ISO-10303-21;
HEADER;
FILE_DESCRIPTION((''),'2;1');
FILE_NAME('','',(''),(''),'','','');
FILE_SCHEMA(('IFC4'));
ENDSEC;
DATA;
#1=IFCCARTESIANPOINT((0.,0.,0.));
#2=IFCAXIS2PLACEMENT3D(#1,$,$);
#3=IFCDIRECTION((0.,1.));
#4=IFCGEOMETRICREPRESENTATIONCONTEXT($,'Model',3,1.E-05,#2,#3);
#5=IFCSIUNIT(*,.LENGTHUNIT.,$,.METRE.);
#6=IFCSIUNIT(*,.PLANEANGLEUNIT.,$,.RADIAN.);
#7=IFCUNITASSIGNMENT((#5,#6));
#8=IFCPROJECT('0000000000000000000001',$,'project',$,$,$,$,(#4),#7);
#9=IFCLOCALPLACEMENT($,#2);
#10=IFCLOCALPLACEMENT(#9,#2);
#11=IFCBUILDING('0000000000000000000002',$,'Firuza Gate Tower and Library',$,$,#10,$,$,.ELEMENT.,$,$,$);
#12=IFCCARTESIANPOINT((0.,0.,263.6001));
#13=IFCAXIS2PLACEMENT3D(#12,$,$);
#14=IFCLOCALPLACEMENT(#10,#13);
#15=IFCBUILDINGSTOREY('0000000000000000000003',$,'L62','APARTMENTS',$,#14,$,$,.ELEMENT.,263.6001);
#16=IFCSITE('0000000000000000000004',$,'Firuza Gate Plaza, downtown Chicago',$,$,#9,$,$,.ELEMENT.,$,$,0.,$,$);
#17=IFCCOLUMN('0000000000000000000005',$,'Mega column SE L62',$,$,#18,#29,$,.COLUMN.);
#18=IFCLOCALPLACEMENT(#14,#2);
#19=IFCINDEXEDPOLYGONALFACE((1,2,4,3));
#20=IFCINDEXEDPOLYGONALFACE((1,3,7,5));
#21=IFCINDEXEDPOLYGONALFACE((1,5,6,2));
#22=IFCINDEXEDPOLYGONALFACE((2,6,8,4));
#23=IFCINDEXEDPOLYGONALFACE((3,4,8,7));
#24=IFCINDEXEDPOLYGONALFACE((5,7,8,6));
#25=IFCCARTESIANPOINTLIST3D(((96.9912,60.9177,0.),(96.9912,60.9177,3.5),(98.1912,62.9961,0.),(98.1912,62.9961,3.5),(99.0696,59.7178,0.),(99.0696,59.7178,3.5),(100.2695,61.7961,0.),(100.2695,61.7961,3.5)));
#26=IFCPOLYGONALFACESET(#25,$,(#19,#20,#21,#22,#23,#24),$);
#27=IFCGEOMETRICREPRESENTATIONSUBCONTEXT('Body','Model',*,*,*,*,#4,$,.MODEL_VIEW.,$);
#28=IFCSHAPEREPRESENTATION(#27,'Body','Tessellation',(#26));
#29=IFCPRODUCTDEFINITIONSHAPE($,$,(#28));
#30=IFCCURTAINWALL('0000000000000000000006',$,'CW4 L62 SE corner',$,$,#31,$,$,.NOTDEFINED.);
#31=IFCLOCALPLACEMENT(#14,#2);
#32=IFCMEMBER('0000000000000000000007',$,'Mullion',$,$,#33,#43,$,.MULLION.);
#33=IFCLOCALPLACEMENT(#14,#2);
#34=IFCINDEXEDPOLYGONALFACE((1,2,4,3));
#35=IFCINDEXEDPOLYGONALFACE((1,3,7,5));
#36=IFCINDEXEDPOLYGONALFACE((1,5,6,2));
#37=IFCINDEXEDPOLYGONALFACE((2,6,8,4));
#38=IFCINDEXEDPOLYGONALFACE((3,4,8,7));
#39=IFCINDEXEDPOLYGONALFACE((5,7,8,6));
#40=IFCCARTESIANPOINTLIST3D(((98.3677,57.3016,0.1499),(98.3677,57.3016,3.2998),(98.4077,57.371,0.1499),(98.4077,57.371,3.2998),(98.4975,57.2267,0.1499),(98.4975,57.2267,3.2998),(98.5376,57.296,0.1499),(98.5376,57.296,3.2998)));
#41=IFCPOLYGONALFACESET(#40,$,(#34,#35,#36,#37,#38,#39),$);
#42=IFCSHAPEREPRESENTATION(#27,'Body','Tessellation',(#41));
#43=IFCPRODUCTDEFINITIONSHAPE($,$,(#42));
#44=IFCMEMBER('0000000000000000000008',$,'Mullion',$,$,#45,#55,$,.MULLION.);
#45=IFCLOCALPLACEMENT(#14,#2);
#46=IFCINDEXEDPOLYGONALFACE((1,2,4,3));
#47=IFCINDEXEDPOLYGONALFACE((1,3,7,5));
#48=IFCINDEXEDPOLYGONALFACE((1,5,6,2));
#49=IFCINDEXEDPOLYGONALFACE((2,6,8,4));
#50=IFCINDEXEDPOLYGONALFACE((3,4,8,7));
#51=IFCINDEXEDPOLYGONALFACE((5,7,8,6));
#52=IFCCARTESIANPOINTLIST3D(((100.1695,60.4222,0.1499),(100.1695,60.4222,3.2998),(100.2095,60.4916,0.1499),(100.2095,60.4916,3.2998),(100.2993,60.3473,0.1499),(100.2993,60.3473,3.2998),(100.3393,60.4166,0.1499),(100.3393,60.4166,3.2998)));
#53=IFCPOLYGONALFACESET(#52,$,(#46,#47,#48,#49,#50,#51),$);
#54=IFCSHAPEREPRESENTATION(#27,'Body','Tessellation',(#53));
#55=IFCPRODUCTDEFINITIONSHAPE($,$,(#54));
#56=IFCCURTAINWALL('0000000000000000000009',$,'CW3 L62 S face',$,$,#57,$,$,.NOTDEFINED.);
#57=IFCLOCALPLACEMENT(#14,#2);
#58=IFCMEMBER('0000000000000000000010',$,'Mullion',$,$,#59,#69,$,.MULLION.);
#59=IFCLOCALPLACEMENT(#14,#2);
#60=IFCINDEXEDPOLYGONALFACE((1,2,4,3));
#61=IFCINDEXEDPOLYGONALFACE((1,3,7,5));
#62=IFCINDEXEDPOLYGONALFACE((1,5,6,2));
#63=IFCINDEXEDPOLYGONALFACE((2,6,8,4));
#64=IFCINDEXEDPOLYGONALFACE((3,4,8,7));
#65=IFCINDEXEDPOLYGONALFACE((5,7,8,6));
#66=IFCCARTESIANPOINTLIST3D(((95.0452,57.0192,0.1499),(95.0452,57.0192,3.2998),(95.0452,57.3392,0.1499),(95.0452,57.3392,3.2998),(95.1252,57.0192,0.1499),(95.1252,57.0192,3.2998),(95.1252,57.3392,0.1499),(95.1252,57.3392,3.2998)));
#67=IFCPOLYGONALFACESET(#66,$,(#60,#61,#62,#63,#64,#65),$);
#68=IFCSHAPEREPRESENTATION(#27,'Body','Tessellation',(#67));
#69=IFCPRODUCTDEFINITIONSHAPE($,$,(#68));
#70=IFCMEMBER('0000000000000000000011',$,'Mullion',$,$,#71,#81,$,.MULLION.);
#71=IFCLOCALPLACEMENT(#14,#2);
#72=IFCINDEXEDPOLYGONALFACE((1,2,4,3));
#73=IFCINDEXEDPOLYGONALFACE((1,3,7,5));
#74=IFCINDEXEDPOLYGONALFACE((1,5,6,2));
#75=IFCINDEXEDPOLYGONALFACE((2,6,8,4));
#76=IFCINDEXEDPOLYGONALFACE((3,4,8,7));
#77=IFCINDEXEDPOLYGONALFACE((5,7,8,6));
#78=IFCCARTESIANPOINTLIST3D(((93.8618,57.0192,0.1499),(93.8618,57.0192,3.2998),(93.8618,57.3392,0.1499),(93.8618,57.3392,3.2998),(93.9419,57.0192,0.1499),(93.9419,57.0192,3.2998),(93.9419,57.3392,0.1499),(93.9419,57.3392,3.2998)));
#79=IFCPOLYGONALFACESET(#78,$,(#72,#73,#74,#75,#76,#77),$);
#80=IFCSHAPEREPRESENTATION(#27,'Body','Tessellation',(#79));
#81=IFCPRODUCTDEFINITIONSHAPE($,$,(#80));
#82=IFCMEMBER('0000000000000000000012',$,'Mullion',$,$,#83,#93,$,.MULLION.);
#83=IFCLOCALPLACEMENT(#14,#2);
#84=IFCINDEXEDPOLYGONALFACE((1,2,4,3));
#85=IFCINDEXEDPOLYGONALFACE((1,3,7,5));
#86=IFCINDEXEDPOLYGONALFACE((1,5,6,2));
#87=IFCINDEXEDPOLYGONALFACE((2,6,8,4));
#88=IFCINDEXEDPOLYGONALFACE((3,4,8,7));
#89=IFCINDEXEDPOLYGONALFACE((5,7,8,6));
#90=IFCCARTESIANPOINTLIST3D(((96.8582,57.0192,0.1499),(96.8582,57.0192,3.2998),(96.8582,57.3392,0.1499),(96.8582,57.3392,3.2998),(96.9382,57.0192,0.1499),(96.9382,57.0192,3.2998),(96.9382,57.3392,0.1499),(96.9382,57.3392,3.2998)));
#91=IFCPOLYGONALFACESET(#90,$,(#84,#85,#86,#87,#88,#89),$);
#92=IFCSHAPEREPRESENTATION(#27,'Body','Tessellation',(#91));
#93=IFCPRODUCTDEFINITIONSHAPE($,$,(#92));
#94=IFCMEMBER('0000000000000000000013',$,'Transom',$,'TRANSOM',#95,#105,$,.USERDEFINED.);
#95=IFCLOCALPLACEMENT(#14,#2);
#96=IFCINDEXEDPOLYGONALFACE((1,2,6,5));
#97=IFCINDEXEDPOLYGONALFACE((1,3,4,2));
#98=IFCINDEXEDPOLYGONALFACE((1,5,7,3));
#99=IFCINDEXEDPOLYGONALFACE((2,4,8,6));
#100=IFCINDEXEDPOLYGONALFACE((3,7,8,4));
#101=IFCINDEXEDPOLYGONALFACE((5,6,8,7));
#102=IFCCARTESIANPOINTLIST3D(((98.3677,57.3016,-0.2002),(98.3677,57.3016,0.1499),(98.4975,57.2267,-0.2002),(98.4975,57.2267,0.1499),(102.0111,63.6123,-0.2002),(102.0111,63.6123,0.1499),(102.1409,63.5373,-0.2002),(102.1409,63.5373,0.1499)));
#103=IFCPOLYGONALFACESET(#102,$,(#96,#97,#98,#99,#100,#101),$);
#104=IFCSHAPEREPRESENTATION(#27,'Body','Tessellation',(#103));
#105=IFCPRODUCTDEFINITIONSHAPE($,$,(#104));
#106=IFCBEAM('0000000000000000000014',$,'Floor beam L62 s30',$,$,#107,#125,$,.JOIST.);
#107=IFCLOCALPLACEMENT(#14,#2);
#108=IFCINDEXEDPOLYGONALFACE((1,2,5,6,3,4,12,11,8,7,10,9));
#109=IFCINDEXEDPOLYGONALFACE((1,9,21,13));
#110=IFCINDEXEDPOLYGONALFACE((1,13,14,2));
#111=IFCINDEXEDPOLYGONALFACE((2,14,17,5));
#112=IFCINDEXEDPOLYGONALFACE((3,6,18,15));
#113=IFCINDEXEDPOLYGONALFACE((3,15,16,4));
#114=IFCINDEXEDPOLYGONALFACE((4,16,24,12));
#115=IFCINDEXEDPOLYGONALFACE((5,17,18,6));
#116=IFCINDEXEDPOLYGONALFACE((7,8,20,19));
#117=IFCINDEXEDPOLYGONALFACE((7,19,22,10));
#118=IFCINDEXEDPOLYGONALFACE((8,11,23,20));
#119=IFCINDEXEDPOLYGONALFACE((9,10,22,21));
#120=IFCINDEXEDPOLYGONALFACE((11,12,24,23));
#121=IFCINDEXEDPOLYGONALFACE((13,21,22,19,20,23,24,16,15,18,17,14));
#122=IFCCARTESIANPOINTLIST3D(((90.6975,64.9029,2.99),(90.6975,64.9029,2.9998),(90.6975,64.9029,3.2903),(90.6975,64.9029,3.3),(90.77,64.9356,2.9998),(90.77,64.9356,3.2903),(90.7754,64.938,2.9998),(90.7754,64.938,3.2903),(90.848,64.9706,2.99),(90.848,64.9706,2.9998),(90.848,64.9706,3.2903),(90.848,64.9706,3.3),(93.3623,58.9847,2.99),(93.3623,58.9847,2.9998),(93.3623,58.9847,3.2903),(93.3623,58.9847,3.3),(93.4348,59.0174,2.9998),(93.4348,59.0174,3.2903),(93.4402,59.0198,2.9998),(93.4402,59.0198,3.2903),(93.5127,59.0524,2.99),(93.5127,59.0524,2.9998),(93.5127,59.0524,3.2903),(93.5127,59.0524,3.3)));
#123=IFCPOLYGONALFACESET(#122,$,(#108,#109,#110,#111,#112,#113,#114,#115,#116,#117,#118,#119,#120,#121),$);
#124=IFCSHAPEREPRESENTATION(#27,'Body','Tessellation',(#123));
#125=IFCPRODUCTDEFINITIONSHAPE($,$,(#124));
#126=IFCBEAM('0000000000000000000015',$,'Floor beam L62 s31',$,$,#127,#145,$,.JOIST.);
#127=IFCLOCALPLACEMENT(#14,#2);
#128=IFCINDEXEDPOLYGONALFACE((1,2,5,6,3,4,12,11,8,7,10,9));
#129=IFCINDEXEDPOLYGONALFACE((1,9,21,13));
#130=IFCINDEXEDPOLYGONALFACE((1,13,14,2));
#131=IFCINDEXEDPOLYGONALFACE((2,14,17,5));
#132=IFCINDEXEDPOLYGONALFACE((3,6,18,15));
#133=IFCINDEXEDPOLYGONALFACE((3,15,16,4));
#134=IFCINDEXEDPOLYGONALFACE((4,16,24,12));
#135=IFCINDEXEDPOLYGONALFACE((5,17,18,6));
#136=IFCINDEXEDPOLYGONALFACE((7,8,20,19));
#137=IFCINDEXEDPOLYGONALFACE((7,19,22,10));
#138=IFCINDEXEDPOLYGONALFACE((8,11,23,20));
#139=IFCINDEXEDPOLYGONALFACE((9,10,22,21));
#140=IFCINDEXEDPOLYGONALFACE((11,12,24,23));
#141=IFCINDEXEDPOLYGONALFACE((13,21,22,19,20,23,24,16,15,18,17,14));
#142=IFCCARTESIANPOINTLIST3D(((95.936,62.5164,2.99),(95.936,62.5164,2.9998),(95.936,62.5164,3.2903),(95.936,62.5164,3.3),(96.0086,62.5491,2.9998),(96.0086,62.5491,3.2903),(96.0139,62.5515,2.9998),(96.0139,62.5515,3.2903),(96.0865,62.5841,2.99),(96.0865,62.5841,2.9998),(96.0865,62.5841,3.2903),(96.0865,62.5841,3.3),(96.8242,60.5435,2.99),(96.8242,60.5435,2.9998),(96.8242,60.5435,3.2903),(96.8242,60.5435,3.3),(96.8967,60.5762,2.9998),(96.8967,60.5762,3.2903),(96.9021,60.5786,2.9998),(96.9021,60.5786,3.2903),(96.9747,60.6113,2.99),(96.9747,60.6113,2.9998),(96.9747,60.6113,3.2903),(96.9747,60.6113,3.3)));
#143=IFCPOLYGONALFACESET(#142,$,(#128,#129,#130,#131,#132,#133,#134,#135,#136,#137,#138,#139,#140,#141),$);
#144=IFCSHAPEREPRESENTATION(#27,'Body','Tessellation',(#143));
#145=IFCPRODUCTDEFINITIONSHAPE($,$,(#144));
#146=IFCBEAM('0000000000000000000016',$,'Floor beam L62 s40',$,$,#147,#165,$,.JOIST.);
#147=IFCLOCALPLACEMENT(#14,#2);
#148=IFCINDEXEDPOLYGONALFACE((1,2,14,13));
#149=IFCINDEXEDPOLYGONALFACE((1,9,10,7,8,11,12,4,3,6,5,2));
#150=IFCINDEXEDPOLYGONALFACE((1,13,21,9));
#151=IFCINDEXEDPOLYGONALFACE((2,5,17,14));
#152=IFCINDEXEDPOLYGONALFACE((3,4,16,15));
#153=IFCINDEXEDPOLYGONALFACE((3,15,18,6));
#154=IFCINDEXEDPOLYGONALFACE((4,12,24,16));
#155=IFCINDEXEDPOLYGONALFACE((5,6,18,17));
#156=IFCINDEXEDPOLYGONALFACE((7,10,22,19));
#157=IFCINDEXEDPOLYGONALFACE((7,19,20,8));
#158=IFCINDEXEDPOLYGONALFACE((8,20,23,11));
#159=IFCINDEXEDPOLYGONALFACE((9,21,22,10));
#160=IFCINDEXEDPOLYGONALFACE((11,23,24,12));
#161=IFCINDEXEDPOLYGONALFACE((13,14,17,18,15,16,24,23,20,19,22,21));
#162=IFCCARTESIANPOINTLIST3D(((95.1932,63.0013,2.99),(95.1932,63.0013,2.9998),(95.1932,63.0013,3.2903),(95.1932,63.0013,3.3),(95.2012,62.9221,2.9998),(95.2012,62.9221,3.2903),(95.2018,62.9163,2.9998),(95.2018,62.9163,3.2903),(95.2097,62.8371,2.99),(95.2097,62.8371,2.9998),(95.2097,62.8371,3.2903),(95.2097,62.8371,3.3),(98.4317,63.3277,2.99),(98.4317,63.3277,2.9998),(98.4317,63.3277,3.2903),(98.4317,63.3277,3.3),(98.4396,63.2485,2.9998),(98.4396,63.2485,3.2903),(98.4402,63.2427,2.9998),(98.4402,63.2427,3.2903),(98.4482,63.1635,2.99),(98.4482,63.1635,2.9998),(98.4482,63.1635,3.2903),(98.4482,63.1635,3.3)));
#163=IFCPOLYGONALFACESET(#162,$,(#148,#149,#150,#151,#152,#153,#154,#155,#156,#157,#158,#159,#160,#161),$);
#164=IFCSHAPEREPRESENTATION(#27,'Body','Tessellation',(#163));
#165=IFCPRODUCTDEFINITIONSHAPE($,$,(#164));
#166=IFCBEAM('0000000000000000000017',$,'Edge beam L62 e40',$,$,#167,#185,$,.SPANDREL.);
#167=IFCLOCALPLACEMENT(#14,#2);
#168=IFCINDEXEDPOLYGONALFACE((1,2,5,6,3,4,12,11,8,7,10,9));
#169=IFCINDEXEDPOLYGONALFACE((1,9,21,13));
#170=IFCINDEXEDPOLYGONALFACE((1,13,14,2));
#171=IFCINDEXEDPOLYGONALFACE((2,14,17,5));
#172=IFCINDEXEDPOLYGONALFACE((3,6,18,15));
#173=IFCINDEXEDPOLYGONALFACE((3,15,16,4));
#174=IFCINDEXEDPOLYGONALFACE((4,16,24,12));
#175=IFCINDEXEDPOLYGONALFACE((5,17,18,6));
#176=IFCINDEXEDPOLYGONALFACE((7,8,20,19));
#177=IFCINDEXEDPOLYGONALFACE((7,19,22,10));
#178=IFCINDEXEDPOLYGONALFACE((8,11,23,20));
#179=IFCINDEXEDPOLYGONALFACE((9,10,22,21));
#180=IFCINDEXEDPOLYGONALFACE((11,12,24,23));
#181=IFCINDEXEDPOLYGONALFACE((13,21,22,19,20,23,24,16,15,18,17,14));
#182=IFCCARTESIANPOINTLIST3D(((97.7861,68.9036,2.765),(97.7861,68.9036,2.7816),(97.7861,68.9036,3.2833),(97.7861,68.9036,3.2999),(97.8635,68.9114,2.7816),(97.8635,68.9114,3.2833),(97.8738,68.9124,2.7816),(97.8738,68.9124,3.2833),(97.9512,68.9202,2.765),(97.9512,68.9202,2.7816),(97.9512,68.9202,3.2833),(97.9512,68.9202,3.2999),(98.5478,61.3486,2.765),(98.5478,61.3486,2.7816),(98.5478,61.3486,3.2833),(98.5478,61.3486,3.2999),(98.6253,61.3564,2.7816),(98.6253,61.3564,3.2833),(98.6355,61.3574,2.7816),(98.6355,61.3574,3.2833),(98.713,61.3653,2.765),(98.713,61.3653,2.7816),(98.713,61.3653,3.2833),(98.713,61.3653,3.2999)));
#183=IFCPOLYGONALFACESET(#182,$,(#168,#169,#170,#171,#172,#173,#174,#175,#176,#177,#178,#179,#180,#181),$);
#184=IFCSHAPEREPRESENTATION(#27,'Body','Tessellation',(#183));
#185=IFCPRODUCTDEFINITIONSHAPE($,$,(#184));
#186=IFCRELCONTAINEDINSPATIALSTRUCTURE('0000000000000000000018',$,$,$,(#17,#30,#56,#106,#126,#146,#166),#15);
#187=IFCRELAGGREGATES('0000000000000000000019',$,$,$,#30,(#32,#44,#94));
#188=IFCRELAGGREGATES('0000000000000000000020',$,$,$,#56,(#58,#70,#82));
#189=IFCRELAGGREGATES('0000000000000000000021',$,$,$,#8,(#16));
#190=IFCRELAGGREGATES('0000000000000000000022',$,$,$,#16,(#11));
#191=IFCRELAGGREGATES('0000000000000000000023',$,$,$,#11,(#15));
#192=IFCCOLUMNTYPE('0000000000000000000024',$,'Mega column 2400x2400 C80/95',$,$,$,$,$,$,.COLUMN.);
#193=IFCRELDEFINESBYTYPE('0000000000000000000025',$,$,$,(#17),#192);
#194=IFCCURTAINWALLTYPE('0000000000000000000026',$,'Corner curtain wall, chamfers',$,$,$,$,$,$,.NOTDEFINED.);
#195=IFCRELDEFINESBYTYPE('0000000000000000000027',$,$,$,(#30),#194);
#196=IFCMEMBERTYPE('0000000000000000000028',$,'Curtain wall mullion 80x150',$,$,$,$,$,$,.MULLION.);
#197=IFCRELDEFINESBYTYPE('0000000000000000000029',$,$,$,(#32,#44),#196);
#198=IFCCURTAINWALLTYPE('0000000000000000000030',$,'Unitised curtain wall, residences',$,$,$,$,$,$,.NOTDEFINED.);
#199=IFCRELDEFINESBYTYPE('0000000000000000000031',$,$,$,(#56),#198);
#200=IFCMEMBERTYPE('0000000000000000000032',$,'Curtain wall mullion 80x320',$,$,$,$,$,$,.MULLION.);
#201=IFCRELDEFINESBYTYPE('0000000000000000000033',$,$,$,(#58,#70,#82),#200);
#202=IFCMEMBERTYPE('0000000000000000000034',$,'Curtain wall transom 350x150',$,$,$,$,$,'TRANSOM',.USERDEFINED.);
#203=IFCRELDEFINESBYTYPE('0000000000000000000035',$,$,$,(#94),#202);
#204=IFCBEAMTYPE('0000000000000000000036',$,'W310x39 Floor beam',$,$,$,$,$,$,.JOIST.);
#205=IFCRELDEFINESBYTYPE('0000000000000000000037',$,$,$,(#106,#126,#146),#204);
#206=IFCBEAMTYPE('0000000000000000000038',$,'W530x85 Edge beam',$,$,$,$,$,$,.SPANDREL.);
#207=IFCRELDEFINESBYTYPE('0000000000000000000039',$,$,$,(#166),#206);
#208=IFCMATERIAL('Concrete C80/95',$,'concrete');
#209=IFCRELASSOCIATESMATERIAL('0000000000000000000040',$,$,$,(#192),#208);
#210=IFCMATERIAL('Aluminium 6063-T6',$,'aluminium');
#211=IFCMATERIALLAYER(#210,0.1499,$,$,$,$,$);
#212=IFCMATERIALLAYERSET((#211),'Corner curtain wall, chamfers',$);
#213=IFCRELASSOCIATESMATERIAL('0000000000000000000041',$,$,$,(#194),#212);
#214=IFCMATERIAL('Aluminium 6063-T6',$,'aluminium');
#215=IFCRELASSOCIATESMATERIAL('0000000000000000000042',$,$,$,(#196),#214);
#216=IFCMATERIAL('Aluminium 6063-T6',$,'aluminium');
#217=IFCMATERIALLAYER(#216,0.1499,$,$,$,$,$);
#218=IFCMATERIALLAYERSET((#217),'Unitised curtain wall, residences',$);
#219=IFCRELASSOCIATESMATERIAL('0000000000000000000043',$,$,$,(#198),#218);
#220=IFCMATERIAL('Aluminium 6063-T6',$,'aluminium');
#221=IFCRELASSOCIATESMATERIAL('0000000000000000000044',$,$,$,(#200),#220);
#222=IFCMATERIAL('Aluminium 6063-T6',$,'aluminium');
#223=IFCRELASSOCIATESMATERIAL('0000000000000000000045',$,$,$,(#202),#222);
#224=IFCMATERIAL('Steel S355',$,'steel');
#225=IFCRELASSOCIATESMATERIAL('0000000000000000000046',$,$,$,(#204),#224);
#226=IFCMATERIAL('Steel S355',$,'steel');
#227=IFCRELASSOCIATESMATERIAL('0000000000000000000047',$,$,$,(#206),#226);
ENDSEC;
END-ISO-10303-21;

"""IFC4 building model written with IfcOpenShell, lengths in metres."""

from ifc_helpers import new_model, si_unit, direction, frame, origin, origin_2d, place, context, subcontext, project, spatial, rectangle, i_section, extrude, material, layer, layer_set, material_profile, profile_set, type_object, element, aggregate, save


model = new_model("IFC4")

# Units and contexts
model_context = context("Model", 3, precision=1e-05, world=origin(), true_north=direction((0.0, 1.0)))
body_context = subcontext(model_context, "Body", "Model", "MODEL_VIEW")
ifc_project = project(units=[si_unit("LENGTHUNIT", "METRE"), si_unit("PLANEANGLEUNIT", "RADIAN")], contexts=[model_context])

# Site, building, storey
site_placement = place(None, origin())
site = spatial("IfcSite", under=ifc_project, at=site_placement, Name="Firuza Gate Plaza, downtown Chicago", CompositionType="ELEMENT", RefElevation=0.0)
building_placement = place(site_placement, origin())
building = spatial("IfcBuilding", under=site, at=building_placement, Name="Firuza Gate Tower and Library", CompositionType="ELEMENT")
storey_placement = place(building_placement, frame((0.0, 0.0, 263.6001)))
storey = spatial("IfcBuildingStorey", under=building, at=storey_placement, Name="L62", Description="APARTMENTS", CompositionType="ELEMENT", Elevation=263.6001)

# Column
ifc_material_1 = material(Name="Concrete C80/95", Category="concrete")
ifc_material_profile_1 = material_profile(ifc_material_1, rectangle(XDim=2.3999, YDim=2.3999, at=origin_2d()))
ifc_profile_set_1 = profile_set([ifc_material_profile_1], Name="Concrete C80/95")
column_type = type_object("IfcColumnType", Name="Mega column 2400x2400 C80/95", PredefinedType="COLUMN", material=ifc_profile_set_1)
column_placement = place(storey_placement, frame((98.6304, 61.3569, 0.0), z_axis=(0.0, 0.0, 1.0), x_axis=(0.5, 0.866025, 0.0)))
element("IfcColumn", 1, at=column_placement, inside=storey, type_object=column_type, Name="Mega column SE L62", PredefinedType="COLUMN", context=body_context, shape_type="SweptSolid", body=[
    extrude(rectangle(XDim=2.3999, YDim=2.3999, at=origin_2d()), origin(), (0.0, 0.0, 1.0), 3.5),
])

# Curtain walls, members
ifc_material_2 = material(Name="Aluminium 6063-T6", Category="aluminium")
ifc_layer_1 = layer(ifc_material_2, 0.1499)
ifc_layer_set_1 = layer_set([ifc_layer_1], Name="Corner curtain wall, chamfers")
curtain_wall_type_1 = type_object("IfcCurtainWallType", Name="Corner curtain wall, chamfers", PredefinedType="NOTDEFINED", material=ifc_layer_set_1)
placement = place(storey_placement, origin())
curtain_wall_1 = element("IfcCurtainWall", 2, at=placement, inside=storey, type_object=curtain_wall_type_1, Name="CW4 L62 SE corner", PredefinedType="NOTDEFINED")
ifc_material_3 = material(Name="Aluminium 6063-T6", Category="aluminium")
ifc_material_profile_2 = material_profile(ifc_material_3, rectangle(XDim=0.1499, YDim=0.0801, at=origin_2d()))
ifc_profile_set_2 = profile_set([ifc_material_profile_2], Name="Aluminium 6063-T6")
member_type_1 = type_object("IfcMemberType", Name="Curtain wall mullion 80x150", PredefinedType="MULLION", material=ifc_profile_set_2)
member_1_placement = place(storey_placement, frame((98.4526, 57.2988, 0.1499), z_axis=(0.0, 0.0, 1.0), x_axis=(-0.866025, 0.5, 0.0)))
member_1 = element("IfcMember", 3, at=member_1_placement, type_object=member_type_1, Name="Mullion", PredefinedType="MULLION", context=body_context, shape_type="SweptSolid", body=[
    extrude(rectangle(XDim=0.1499, YDim=0.0801, at=origin_2d()), origin(), (0.0, 0.0, 1.0), 3.1499),
])
member_2_placement = place(storey_placement, frame((100.2544, 60.4194, 0.1499), z_axis=(0.0, 0.0, 1.0), x_axis=(-0.866025, 0.5, 0.0)))
member_2 = element("IfcMember", 4, at=member_2_placement, type_object=member_type_1, Name="Mullion", PredefinedType="MULLION", context=body_context, shape_type="SweptSolid", body=[
    extrude(rectangle(XDim=0.1499, YDim=0.0801, at=origin_2d()), origin(), (0.0, 0.0, 1.0), 3.1499),
])
ifc_material_4 = material(Name="Aluminium 6063-T6", Category="aluminium")
ifc_layer_2 = layer(ifc_material_4, 0.1499)
ifc_layer_set_2 = layer_set([ifc_layer_2], Name="Unitised curtain wall, residences")
curtain_wall_type_2 = type_object("IfcCurtainWallType", Name="Unitised curtain wall, residences", PredefinedType="NOTDEFINED", material=ifc_layer_set_2)
curtain_wall_2 = element("IfcCurtainWall", 5, at=placement, inside=storey, type_object=curtain_wall_type_2, Name="CW3 L62 S face", PredefinedType="NOTDEFINED")
ifc_material_5 = material(Name="Aluminium 6063-T6", Category="aluminium")
ifc_material_profile_3 = material_profile(ifc_material_5, rectangle(XDim=0.3201, YDim=0.0801, at=origin_2d()))
ifc_profile_set_3 = profile_set([ifc_material_profile_3], Name="Aluminium 6063-T6")
member_type_2 = type_object("IfcMemberType", Name="Curtain wall mullion 80x320", PredefinedType="MULLION", material=ifc_profile_set_3)
member_3_placement = place(storey_placement, frame((95.0852, 57.1792, 0.1499), z_axis=(0.0, 0.0, 1.0), x_axis=(0.0, 1.0, 0.0)))
member_3 = element("IfcMember", 6, at=member_3_placement, type_object=member_type_2, Name="Mullion", PredefinedType="MULLION", context=body_context, shape_type="SweptSolid", body=[
    extrude(rectangle(XDim=0.3201, YDim=0.0801, at=origin_2d()), origin(), (0.0, 0.0, 1.0), 3.1499),
])
member_4_placement = place(storey_placement, frame((93.9019, 57.1792, 0.1499), z_axis=(0.0, 0.0, 1.0), x_axis=(0.0, 1.0, 0.0)))
member_4 = element("IfcMember", 7, at=member_4_placement, type_object=member_type_2, Name="Mullion", PredefinedType="MULLION", context=body_context, shape_type="SweptSolid", body=[
    extrude(rectangle(XDim=0.3201, YDim=0.0801, at=origin_2d()), origin(), (0.0, 0.0, 1.0), 3.1499),
])
member_5_placement = place(storey_placement, frame((96.8982, 57.1792, 0.1499), z_axis=(0.0, 0.0, 1.0), x_axis=(0.0, 1.0, 0.0)))
member_5 = element("IfcMember", 8, at=member_5_placement, type_object=member_type_2, Name="Mullion", PredefinedType="MULLION", context=body_context, shape_type="SweptSolid", body=[
    extrude(rectangle(XDim=0.3201, YDim=0.0801, at=origin_2d()), origin(), (0.0, 0.0, 1.0), 3.1499),
])

# Member
ifc_material_6 = material(Name="Aluminium 6063-T6", Category="aluminium")
ifc_material_profile_4 = material_profile(ifc_material_6, rectangle(XDim=0.1499, YDim=0.3501, at=origin_2d()))
ifc_profile_set_4 = profile_set([ifc_material_profile_4], Name="Aluminium 6063-T6")
member_type_3 = type_object("IfcMemberType", Name="Curtain wall transom 350x150", ElementType="TRANSOM", PredefinedType="USERDEFINED", material=ifc_profile_set_4)
member_6_placement = place(storey_placement, frame((98.4326, 57.2642, -0.0251), z_axis=(0.499991, 0.86603, 0.0), x_axis=(-0.86603, 0.499991, 0.0)))
member_6 = element("IfcMember", 9, at=member_6_placement, type_object=member_type_3, Name="Transom", ObjectType="TRANSOM", PredefinedType="USERDEFINED", context=body_context, shape_type="SweptSolid", body=[
    extrude(rectangle(XDim=0.1499, YDim=0.3501, at=origin_2d()), origin(), (0.0, 0.0, 1.0), 7.2869),
])

# Beams
ifc_material_7 = material(Name="Steel S355", Category="steel")
ifc_material_profile_5 = material_profile(ifc_material_7, i_section(OverallWidth=0.165, OverallDepth=0.3101, WebThickness=0.0059, FlangeThickness=0.0098, at=origin_2d()))
ifc_profile_set_5 = profile_set([ifc_material_profile_5], Name="Steel S355")
beam_type_1 = type_object("IfcBeamType", Name="W310x39 Floor beam", PredefinedType="JOIST", material=ifc_profile_set_5)
beam_1_placement = place(storey_placement, frame((93.4375, 59.0186, 3.145), z_axis=(-0.41057, 0.911829, 0.0), x_axis=(-0.911829, -0.41057, 0.0)))
element("IfcBeam", 10, at=beam_1_placement, inside=storey, type_object=beam_type_1, Name="Floor beam L62 s30", PredefinedType="JOIST", context=body_context, shape_type="SweptSolid", body=[
    extrude(i_section(OverallWidth=0.165, OverallDepth=0.3101, WebThickness=0.0059, FlangeThickness=0.0098, at=origin_2d()), origin(), (0.0, 0.0, 1.0), 6.4905),
])
beam_2_placement = place(storey_placement, frame((96.8994, 60.5774, 3.145), z_axis=(-0.41051, 0.911856, 0.0), x_axis=(-0.911856, -0.41051, 0.0)))
element("IfcBeam", 11, at=beam_2_placement, inside=storey, type_object=beam_type_1, Name="Floor beam L62 s31", PredefinedType="JOIST", context=body_context, shape_type="SweptSolid", body=[
    extrude(i_section(OverallWidth=0.165, OverallDepth=0.3101, WebThickness=0.0059, FlangeThickness=0.0098, at=origin_2d()), origin(), (0.0, 0.0, 1.0), 2.1636),
])
beam_3_placement = place(storey_placement, frame((98.4399, 63.2456, 3.145), z_axis=(-0.994959, -0.100283, 0.0), x_axis=(0.100283, -0.994959, 0.0)))
element("IfcBeam", 12, at=beam_3_placement, inside=storey, type_object=beam_type_1, Name="Floor beam L62 s40", PredefinedType="JOIST", context=body_context, shape_type="SweptSolid", body=[
    extrude(i_section(OverallWidth=0.165, OverallDepth=0.3101, WebThickness=0.0059, FlangeThickness=0.0098, at=origin_2d()), origin(), (0.0, 0.0, 1.0), 3.2549),
])
ifc_material_8 = material(Name="Steel S355", Category="steel")
ifc_material_profile_6 = material_profile(ifc_material_8, i_section(OverallWidth=0.166, OverallDepth=0.5349, WebThickness=0.0103, FlangeThickness=0.0166, at=origin_2d()))
ifc_profile_set_6 = profile_set([ifc_material_profile_6], Name="Steel S355")
beam_type_2 = type_object("IfcBeamType", Name="W530x85 Edge beam", PredefinedType="SPANDREL", material=ifc_profile_set_6)
beam_4_placement = place(storey_placement, frame((98.6304, 61.3569, 3.0325), z_axis=(-0.100315, 0.994956, 0.0), x_axis=(-0.994956, -0.100315, 0.0)))
element("IfcBeam", 13, at=beam_4_placement, inside=storey, type_object=beam_type_2, Name="Edge beam L62 e40", PredefinedType="SPANDREL", context=body_context, shape_type="SweptSolid", body=[
    extrude(i_section(OverallWidth=0.166, OverallDepth=0.5349, WebThickness=0.0103, FlangeThickness=0.0166, at=origin_2d()), origin(), (0.0, 0.0, 1.0), 7.5933),
])

aggregate(curtain_wall_1, [member_1, member_2, member_6])
aggregate(curtain_wall_2, [member_3, member_4, member_5])

save(model, "model.ifc")
